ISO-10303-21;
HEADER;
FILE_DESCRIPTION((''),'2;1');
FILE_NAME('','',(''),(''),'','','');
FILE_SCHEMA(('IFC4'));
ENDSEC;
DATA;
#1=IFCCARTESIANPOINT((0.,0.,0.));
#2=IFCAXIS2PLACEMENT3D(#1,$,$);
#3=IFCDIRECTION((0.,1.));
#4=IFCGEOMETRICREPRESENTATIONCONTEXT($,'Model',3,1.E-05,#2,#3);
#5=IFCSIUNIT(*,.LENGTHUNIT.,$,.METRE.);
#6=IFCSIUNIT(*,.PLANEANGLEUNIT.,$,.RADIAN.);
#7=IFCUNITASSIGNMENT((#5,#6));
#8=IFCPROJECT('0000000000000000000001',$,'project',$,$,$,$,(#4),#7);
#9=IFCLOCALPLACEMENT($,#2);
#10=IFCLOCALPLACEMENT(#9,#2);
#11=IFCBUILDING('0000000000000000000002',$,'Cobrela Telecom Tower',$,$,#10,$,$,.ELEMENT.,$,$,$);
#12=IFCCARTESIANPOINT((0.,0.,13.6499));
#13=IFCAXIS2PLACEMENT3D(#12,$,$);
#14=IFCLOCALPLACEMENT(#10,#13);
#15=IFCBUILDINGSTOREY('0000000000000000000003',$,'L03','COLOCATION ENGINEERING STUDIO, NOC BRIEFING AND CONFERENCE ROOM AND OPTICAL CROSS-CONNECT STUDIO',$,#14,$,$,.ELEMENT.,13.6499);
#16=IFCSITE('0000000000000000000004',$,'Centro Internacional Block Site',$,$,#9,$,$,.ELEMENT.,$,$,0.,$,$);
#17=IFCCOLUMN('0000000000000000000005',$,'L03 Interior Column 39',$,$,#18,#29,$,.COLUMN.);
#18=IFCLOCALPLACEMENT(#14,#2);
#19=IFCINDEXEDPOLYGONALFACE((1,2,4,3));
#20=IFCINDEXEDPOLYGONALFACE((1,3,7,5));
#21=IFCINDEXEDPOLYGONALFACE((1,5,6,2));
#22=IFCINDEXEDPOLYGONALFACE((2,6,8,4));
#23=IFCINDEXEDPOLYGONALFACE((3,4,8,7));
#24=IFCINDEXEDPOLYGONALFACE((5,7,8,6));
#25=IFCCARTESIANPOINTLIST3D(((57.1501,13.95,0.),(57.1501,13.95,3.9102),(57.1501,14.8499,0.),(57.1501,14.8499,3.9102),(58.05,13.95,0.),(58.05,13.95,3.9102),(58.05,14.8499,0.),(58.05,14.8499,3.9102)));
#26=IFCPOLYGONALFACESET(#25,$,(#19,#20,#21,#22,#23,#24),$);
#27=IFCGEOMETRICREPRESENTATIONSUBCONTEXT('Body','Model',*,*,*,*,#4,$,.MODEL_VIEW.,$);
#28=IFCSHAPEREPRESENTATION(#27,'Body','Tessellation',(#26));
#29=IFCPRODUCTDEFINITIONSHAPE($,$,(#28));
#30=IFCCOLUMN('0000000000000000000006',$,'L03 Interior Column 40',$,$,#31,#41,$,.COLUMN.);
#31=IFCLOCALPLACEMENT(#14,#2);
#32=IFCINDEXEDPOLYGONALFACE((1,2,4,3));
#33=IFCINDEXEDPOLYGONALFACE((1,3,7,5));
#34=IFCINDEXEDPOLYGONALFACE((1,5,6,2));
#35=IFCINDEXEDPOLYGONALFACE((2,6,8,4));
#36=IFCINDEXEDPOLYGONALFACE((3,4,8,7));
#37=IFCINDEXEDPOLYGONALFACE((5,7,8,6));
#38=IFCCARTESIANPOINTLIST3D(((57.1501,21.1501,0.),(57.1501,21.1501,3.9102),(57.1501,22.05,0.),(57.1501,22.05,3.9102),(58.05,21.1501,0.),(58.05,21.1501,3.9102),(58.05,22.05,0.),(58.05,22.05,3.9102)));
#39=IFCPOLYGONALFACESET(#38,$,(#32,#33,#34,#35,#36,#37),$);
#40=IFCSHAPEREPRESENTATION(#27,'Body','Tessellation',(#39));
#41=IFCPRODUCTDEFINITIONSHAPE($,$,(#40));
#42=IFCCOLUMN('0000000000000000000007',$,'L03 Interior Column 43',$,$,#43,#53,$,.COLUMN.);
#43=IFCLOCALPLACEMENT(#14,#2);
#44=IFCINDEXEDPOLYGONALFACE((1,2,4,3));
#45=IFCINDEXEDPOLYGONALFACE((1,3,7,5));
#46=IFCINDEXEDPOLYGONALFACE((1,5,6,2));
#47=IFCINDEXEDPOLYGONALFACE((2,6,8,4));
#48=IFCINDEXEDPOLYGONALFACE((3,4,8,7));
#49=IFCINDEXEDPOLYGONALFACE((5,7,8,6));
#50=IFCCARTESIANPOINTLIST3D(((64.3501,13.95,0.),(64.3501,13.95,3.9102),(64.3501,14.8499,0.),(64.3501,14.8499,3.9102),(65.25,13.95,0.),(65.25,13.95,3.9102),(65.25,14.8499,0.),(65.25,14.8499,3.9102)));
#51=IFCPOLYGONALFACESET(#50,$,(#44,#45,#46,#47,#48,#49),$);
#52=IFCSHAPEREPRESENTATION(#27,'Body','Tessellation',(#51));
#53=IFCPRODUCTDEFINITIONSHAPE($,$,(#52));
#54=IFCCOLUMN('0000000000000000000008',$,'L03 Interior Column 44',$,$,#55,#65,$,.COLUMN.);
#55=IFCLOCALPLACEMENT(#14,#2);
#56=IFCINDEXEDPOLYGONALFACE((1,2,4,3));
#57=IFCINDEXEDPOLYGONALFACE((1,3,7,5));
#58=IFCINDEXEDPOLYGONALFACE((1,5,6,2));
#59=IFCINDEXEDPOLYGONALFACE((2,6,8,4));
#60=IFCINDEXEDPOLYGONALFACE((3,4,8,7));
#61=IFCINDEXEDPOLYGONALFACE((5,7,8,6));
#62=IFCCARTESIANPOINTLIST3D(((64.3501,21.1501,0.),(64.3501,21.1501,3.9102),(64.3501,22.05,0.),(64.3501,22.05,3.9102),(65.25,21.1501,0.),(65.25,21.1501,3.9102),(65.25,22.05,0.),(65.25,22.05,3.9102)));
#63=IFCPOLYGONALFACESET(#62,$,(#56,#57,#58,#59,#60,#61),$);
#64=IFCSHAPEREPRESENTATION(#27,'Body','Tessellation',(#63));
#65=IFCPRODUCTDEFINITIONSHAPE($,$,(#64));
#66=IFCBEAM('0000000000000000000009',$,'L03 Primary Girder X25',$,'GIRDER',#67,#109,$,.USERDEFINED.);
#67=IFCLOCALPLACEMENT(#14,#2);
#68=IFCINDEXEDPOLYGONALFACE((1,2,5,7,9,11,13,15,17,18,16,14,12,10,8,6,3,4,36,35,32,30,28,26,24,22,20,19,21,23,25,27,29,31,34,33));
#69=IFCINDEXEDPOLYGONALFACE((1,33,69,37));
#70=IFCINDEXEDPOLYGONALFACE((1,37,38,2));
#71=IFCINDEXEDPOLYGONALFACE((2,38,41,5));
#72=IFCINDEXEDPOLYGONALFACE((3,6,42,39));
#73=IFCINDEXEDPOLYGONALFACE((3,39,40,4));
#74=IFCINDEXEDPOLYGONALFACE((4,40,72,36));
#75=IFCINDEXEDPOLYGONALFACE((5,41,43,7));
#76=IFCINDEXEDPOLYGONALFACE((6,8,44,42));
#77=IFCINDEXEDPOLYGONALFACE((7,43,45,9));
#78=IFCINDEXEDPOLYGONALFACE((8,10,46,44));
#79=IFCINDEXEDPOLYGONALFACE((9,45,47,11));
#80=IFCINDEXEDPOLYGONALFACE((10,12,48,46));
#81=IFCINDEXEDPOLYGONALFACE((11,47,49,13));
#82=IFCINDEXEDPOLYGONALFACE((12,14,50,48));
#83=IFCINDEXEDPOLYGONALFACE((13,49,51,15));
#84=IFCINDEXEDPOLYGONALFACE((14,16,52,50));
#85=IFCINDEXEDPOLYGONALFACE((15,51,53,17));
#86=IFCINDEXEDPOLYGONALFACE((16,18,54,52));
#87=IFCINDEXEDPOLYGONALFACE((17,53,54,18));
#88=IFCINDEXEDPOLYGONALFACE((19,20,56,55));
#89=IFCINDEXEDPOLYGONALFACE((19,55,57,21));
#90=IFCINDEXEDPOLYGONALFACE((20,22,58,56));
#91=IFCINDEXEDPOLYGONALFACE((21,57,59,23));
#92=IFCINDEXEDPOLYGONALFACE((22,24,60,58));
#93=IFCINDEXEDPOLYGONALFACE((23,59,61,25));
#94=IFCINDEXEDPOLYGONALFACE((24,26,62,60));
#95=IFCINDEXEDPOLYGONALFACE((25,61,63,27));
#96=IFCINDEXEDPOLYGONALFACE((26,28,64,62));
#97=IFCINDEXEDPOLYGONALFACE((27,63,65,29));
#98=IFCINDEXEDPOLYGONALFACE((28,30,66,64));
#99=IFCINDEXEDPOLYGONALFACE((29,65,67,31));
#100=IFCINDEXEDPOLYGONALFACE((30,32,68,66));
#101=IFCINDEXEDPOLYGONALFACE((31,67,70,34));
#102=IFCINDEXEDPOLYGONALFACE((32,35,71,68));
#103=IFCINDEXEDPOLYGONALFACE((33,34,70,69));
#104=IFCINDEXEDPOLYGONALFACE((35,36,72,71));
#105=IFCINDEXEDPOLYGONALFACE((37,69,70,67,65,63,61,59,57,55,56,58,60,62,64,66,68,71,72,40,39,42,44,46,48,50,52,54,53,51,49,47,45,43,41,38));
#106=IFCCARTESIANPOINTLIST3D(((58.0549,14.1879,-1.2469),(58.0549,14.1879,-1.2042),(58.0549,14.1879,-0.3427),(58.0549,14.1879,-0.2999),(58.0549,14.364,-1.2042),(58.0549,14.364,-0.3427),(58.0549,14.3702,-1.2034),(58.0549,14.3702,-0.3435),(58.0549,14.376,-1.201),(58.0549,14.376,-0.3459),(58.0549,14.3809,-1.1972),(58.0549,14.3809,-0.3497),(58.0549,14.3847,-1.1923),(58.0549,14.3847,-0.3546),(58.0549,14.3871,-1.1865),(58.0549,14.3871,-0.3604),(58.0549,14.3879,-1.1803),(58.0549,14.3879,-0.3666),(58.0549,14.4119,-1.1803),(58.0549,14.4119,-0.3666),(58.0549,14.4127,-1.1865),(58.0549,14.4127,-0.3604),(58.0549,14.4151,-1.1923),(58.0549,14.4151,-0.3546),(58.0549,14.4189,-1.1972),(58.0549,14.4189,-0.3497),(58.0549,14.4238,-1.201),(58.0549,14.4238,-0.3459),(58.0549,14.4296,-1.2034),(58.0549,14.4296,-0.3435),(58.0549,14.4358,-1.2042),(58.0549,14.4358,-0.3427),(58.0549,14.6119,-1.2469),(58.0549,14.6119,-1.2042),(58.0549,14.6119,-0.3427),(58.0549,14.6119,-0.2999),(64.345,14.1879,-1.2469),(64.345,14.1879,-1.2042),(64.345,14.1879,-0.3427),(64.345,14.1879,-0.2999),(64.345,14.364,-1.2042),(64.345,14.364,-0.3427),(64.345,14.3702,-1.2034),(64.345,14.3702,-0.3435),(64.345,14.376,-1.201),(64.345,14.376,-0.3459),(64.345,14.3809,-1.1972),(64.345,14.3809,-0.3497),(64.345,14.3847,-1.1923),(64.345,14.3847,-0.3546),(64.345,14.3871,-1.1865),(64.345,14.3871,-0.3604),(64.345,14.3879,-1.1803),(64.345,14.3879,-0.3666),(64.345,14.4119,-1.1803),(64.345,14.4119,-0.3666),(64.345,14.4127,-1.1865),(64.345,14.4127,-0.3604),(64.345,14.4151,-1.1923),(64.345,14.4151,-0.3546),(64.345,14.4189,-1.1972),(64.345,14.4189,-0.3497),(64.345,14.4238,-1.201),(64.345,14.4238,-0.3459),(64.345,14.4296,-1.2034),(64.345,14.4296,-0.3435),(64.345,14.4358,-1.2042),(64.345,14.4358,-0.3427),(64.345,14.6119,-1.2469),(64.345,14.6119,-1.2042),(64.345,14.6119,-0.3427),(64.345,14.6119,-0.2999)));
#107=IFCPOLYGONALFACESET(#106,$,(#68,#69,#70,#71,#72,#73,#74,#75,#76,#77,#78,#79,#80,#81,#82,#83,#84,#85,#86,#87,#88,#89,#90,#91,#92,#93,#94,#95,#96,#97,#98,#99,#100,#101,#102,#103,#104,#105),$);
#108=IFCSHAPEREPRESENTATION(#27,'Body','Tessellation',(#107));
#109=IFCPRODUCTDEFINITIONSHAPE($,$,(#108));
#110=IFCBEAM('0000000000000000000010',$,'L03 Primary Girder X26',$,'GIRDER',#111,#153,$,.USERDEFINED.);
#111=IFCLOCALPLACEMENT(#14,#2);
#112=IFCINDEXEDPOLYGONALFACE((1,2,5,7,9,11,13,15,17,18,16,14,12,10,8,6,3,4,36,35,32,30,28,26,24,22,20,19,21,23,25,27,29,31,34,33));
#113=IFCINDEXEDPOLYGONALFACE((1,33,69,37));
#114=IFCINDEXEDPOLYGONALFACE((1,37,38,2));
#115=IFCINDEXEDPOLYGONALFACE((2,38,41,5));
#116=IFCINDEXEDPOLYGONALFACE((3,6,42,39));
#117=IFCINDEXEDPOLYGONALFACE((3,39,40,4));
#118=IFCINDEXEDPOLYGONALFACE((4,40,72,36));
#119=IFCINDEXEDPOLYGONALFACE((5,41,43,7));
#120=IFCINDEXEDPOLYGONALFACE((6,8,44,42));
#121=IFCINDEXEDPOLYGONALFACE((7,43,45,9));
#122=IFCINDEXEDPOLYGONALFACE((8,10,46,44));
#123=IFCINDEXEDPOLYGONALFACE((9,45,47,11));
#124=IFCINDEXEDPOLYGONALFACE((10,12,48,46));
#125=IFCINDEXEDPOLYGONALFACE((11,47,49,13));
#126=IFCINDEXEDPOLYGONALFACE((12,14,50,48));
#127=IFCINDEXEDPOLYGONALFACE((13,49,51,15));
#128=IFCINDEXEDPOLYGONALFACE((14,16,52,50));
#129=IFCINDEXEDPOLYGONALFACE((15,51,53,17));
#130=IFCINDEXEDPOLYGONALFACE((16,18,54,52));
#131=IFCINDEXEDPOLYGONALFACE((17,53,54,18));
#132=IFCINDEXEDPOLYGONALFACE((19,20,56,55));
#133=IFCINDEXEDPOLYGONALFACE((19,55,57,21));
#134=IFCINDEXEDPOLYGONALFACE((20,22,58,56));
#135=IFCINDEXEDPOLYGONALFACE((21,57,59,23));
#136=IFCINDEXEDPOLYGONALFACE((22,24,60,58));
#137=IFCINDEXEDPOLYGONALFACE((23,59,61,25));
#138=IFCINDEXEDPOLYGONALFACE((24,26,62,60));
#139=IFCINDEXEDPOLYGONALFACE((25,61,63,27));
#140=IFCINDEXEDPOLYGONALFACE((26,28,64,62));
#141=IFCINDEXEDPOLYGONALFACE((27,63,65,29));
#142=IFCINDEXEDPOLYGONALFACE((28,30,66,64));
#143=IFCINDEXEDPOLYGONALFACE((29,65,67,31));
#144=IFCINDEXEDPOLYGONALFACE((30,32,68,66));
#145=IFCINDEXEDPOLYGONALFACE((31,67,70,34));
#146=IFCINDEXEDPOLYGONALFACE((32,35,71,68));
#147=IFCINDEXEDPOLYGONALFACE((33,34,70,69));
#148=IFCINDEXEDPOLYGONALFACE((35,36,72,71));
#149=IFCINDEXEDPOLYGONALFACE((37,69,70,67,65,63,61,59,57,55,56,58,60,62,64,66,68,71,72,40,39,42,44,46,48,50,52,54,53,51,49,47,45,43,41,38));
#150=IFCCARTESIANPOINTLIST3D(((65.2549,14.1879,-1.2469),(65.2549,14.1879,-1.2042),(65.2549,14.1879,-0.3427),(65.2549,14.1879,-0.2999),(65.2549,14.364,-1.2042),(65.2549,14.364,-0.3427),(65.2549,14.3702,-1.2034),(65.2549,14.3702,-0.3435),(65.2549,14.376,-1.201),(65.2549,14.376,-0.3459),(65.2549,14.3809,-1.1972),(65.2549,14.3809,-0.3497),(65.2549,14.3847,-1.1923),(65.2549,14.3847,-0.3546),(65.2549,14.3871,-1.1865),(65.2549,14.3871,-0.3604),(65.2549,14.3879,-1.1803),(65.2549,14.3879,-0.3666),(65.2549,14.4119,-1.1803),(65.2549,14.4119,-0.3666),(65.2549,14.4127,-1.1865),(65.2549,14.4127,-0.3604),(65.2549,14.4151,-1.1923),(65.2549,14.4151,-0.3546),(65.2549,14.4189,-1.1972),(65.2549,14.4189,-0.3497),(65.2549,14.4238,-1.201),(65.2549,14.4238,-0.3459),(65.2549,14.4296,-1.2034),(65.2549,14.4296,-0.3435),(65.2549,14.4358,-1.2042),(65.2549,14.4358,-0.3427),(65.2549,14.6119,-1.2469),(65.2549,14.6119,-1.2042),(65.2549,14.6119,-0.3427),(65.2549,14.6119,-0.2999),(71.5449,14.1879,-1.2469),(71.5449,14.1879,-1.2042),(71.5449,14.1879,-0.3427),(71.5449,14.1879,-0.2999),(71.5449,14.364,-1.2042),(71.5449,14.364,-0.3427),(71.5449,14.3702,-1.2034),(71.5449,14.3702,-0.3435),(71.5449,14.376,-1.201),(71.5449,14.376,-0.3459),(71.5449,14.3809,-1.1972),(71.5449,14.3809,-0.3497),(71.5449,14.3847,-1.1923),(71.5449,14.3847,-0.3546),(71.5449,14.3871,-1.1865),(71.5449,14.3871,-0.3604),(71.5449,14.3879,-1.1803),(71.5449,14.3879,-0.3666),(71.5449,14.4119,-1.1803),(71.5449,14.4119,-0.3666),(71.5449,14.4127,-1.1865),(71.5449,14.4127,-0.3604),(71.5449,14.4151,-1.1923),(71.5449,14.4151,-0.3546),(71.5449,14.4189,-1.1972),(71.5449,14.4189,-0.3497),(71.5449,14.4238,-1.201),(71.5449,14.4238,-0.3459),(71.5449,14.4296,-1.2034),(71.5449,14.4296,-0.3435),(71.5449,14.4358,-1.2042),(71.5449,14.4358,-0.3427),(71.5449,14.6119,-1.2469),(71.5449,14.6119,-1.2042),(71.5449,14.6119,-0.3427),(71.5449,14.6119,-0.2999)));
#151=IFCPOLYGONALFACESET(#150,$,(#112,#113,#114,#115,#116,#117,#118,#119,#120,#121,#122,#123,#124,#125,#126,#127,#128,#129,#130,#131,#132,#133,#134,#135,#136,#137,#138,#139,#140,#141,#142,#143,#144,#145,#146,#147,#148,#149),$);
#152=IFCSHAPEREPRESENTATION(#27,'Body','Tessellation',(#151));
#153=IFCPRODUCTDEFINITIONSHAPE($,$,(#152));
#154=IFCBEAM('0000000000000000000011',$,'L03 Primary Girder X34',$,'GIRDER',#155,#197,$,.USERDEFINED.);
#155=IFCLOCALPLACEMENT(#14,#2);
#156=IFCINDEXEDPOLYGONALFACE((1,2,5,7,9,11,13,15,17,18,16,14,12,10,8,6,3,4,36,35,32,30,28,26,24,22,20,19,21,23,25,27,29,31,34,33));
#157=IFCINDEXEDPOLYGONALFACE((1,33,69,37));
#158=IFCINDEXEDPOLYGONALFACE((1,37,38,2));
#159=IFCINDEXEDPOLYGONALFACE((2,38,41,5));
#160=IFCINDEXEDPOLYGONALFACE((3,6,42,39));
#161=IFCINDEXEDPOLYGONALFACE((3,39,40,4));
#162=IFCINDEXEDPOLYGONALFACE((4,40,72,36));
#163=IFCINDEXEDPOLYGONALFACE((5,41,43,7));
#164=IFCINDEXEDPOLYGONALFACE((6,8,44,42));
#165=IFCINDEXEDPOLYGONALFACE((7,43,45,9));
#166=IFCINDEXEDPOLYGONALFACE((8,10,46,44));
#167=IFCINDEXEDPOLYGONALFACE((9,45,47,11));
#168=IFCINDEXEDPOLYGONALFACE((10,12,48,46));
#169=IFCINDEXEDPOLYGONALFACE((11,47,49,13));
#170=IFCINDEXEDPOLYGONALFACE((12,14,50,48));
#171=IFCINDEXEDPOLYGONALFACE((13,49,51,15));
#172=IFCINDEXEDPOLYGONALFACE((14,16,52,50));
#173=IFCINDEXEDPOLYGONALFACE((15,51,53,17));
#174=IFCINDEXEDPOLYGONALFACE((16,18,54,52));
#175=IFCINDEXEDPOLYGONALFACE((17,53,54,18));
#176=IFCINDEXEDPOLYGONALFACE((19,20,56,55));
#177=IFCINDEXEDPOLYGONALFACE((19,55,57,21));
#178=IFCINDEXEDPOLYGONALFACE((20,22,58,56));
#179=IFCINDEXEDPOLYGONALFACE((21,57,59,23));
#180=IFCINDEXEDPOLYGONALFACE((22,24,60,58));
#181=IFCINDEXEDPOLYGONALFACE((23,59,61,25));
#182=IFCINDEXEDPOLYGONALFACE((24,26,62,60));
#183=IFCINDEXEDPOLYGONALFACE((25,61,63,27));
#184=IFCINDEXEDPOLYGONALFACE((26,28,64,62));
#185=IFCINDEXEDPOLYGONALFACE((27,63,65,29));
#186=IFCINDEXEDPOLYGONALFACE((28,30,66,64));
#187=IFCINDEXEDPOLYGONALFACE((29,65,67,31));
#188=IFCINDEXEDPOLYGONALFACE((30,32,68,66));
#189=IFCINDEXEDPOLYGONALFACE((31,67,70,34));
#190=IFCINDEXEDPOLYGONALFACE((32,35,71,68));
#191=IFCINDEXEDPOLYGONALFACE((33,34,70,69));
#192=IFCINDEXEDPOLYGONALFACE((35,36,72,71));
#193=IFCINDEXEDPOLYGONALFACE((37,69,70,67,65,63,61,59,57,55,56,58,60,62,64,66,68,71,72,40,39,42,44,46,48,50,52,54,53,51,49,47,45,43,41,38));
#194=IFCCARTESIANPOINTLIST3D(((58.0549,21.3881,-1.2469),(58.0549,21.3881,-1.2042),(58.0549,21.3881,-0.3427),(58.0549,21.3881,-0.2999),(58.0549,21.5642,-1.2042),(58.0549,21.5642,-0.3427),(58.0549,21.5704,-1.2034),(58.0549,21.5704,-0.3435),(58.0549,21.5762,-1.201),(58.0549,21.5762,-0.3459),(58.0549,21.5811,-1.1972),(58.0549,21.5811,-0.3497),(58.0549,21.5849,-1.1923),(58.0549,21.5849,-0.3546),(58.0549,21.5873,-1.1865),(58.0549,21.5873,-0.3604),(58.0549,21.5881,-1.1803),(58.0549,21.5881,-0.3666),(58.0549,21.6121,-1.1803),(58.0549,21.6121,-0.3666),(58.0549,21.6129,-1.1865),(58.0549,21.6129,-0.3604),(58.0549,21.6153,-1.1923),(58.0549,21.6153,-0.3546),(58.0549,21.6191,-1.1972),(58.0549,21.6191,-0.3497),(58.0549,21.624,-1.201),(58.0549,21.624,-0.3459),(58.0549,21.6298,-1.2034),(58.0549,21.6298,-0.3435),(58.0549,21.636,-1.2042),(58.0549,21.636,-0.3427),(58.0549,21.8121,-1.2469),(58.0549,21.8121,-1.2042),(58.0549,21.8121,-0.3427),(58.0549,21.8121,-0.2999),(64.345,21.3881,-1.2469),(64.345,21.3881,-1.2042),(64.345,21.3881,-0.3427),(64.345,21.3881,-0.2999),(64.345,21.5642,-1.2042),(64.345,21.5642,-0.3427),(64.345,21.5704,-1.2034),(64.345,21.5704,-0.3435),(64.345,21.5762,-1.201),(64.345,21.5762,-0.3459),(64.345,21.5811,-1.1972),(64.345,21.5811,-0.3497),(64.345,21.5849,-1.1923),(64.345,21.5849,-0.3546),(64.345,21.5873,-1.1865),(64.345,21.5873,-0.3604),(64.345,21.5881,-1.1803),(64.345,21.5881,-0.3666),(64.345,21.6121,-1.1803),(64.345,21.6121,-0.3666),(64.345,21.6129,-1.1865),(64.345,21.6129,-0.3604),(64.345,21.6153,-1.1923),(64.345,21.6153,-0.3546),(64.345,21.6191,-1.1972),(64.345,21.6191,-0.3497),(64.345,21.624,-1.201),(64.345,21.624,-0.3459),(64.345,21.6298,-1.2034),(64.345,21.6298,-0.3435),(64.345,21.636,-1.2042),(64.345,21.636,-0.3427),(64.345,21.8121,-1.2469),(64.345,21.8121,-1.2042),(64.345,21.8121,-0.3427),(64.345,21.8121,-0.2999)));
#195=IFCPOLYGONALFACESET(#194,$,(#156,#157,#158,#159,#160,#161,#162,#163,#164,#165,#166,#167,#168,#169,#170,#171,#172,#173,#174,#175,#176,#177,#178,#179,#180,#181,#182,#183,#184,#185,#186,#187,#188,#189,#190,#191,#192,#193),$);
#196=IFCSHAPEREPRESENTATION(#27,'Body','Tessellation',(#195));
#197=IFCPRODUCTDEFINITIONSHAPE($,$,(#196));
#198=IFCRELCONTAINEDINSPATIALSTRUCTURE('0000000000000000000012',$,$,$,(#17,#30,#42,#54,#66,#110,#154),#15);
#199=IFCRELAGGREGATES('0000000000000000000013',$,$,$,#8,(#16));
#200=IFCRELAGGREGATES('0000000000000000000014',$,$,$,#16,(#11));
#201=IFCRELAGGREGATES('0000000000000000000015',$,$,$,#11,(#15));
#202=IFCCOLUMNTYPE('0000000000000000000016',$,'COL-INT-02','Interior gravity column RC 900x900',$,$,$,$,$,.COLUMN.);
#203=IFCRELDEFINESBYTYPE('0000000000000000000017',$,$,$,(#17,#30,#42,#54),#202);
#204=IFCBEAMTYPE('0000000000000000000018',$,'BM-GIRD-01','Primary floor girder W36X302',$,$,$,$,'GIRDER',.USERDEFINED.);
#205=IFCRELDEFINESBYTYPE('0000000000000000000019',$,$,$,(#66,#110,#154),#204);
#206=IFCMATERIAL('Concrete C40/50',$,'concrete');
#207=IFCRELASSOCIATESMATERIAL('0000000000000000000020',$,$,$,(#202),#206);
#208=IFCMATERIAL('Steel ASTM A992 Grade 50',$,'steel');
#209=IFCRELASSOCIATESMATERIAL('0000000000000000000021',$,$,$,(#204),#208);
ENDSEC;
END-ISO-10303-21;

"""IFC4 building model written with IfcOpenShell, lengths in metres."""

from ifc_helpers import new_model, si_unit, direction, frame, origin, origin_2d, place, context, subcontext, project, spatial, rectangle, i_section, extrude, material, material_profile, profile_set, type_object, element, save


model = new_model("IFC4")

# Units and contexts
model_context = context("Model", 3, precision=1e-05, world=origin(), true_north=direction((0.0, 1.0)))
body_context = subcontext(model_context, "Body", "Model", "MODEL_VIEW")
ifc_project = project(units=[si_unit("LENGTHUNIT", "METRE"), si_unit("PLANEANGLEUNIT", "RADIAN")], contexts=[model_context])

# Site, building, storey
site_placement = place(None, origin())
site = spatial("IfcSite", under=ifc_project, at=site_placement, Name="Centro Internacional Block Site", CompositionType="ELEMENT", RefElevation=0.0)
building_placement = place(site_placement, origin())
building = spatial("IfcBuilding", under=site, at=building_placement, Name="Cobrela Telecom Tower", CompositionType="ELEMENT")
storey_placement = place(building_placement, frame((0.0, 0.0, 13.6499)))
storey = spatial("IfcBuildingStorey", under=building, at=storey_placement, Name="L03", Description="COLOCATION ENGINEERING STUDIO, NOC BRIEFING AND CONFERENCE ROOM AND OPTICAL CROSS-CONNECT STUDIO", CompositionType="ELEMENT", Elevation=13.6499)

# Columns
ifc_material_1 = material(Name="Concrete C40/50", Category="concrete")
ifc_material_profile_1 = material_profile(ifc_material_1, rectangle(XDim=0.8999, YDim=0.8999, at=origin_2d()), Name="RC 900x900")
ifc_profile_set_1 = profile_set([ifc_material_profile_1], Name="Concrete C40/50")
column_type = type_object("IfcColumnType", Name="COL-INT-02", Description="Interior gravity column RC 900x900", PredefinedType="COLUMN", material=ifc_profile_set_1)
for number, where, z_axis, x_axis, name in (
    (1, (57.6001, 14.3999, 0.0), (0.0, 0.0, 1.0), (1.0, 0.0, 0.0), "L03 Interior Column 39"),
    (2, (57.6001, 21.6001, 0.0), (0.0, 0.0, 1.0), (1.0, 0.0, 0.0), "L03 Interior Column 40"),
    (3, (64.8, 14.3999, 0.0), (0.0, 0.0, 1.0), (1.0, 0.0, 0.0), "L03 Interior Column 43"),
    (4, (64.8, 21.6001, 0.0), (0.0, 0.0, 1.0), (1.0, 0.0, 0.0), "L03 Interior Column 44"),
):
    element("IfcColumn", number, at=place(storey_placement, frame(where, z_axis=z_axis, x_axis=x_axis)), inside=storey, type_object=column_type, Name=name, PredefinedType="COLUMN", context=body_context, shape_type="SweptSolid", body=[
        extrude(rectangle(XDim=0.8999, YDim=0.8999, at=origin_2d()), origin(), (0.0, 0.0, 1.0), 3.9102),
    ])

# Beams
ifc_material_2 = material(Name="Steel ASTM A992 Grade 50", Category="steel")
ifc_material_profile_2 = material_profile(ifc_material_2, i_section(OverallWidth=0.4241, OverallDepth=0.947, WebThickness=0.0239, FlangeThickness=0.0427, FilletRadius=0.0239, at=origin_2d()), Name="W36X302")
ifc_profile_set_2 = profile_set([ifc_material_profile_2], Name="Steel ASTM A992 Grade 50")
beam_type_1 = type_object("IfcBeamType", Name="BM-GIRD-01", Description="Primary floor girder W36X302", ElementType="GIRDER", PredefinedType="USERDEFINED", material=ifc_profile_set_2)
for number, where, z_axis, x_axis, name in (
    (5, (58.0549, 14.3999, -0.7734), (1.0, 0.0, 0.0), (0.0, 1.0, 0.0), "L03 Primary Girder X25"),
    (6, (65.2549, 14.3999, -0.7734), (1.0, 0.0, 0.0), (0.0, 1.0, 0.0), "L03 Primary Girder X26"),
    (7, (58.0549, 21.6001, -0.7734), (1.0, 0.0, 0.0), (0.0, 1.0, 0.0), "L03 Primary Girder X34"),
):
    element("IfcBeam", number, at=place(storey_placement, frame(where, z_axis=z_axis, x_axis=x_axis)), inside=storey, type_object=beam_type_1, Name=name, ObjectType="GIRDER", PredefinedType="USERDEFINED", context=body_context, shape_type="SweptSolid", body=[
        extrude(i_section(OverallWidth=0.4241, OverallDepth=0.947, WebThickness=0.0239, FlangeThickness=0.0427, FilletRadius=0.0239, at=origin_2d()), origin(), (0.0, 0.0, 1.0), 6.29),
    ])

save(model, "model.ifc")
